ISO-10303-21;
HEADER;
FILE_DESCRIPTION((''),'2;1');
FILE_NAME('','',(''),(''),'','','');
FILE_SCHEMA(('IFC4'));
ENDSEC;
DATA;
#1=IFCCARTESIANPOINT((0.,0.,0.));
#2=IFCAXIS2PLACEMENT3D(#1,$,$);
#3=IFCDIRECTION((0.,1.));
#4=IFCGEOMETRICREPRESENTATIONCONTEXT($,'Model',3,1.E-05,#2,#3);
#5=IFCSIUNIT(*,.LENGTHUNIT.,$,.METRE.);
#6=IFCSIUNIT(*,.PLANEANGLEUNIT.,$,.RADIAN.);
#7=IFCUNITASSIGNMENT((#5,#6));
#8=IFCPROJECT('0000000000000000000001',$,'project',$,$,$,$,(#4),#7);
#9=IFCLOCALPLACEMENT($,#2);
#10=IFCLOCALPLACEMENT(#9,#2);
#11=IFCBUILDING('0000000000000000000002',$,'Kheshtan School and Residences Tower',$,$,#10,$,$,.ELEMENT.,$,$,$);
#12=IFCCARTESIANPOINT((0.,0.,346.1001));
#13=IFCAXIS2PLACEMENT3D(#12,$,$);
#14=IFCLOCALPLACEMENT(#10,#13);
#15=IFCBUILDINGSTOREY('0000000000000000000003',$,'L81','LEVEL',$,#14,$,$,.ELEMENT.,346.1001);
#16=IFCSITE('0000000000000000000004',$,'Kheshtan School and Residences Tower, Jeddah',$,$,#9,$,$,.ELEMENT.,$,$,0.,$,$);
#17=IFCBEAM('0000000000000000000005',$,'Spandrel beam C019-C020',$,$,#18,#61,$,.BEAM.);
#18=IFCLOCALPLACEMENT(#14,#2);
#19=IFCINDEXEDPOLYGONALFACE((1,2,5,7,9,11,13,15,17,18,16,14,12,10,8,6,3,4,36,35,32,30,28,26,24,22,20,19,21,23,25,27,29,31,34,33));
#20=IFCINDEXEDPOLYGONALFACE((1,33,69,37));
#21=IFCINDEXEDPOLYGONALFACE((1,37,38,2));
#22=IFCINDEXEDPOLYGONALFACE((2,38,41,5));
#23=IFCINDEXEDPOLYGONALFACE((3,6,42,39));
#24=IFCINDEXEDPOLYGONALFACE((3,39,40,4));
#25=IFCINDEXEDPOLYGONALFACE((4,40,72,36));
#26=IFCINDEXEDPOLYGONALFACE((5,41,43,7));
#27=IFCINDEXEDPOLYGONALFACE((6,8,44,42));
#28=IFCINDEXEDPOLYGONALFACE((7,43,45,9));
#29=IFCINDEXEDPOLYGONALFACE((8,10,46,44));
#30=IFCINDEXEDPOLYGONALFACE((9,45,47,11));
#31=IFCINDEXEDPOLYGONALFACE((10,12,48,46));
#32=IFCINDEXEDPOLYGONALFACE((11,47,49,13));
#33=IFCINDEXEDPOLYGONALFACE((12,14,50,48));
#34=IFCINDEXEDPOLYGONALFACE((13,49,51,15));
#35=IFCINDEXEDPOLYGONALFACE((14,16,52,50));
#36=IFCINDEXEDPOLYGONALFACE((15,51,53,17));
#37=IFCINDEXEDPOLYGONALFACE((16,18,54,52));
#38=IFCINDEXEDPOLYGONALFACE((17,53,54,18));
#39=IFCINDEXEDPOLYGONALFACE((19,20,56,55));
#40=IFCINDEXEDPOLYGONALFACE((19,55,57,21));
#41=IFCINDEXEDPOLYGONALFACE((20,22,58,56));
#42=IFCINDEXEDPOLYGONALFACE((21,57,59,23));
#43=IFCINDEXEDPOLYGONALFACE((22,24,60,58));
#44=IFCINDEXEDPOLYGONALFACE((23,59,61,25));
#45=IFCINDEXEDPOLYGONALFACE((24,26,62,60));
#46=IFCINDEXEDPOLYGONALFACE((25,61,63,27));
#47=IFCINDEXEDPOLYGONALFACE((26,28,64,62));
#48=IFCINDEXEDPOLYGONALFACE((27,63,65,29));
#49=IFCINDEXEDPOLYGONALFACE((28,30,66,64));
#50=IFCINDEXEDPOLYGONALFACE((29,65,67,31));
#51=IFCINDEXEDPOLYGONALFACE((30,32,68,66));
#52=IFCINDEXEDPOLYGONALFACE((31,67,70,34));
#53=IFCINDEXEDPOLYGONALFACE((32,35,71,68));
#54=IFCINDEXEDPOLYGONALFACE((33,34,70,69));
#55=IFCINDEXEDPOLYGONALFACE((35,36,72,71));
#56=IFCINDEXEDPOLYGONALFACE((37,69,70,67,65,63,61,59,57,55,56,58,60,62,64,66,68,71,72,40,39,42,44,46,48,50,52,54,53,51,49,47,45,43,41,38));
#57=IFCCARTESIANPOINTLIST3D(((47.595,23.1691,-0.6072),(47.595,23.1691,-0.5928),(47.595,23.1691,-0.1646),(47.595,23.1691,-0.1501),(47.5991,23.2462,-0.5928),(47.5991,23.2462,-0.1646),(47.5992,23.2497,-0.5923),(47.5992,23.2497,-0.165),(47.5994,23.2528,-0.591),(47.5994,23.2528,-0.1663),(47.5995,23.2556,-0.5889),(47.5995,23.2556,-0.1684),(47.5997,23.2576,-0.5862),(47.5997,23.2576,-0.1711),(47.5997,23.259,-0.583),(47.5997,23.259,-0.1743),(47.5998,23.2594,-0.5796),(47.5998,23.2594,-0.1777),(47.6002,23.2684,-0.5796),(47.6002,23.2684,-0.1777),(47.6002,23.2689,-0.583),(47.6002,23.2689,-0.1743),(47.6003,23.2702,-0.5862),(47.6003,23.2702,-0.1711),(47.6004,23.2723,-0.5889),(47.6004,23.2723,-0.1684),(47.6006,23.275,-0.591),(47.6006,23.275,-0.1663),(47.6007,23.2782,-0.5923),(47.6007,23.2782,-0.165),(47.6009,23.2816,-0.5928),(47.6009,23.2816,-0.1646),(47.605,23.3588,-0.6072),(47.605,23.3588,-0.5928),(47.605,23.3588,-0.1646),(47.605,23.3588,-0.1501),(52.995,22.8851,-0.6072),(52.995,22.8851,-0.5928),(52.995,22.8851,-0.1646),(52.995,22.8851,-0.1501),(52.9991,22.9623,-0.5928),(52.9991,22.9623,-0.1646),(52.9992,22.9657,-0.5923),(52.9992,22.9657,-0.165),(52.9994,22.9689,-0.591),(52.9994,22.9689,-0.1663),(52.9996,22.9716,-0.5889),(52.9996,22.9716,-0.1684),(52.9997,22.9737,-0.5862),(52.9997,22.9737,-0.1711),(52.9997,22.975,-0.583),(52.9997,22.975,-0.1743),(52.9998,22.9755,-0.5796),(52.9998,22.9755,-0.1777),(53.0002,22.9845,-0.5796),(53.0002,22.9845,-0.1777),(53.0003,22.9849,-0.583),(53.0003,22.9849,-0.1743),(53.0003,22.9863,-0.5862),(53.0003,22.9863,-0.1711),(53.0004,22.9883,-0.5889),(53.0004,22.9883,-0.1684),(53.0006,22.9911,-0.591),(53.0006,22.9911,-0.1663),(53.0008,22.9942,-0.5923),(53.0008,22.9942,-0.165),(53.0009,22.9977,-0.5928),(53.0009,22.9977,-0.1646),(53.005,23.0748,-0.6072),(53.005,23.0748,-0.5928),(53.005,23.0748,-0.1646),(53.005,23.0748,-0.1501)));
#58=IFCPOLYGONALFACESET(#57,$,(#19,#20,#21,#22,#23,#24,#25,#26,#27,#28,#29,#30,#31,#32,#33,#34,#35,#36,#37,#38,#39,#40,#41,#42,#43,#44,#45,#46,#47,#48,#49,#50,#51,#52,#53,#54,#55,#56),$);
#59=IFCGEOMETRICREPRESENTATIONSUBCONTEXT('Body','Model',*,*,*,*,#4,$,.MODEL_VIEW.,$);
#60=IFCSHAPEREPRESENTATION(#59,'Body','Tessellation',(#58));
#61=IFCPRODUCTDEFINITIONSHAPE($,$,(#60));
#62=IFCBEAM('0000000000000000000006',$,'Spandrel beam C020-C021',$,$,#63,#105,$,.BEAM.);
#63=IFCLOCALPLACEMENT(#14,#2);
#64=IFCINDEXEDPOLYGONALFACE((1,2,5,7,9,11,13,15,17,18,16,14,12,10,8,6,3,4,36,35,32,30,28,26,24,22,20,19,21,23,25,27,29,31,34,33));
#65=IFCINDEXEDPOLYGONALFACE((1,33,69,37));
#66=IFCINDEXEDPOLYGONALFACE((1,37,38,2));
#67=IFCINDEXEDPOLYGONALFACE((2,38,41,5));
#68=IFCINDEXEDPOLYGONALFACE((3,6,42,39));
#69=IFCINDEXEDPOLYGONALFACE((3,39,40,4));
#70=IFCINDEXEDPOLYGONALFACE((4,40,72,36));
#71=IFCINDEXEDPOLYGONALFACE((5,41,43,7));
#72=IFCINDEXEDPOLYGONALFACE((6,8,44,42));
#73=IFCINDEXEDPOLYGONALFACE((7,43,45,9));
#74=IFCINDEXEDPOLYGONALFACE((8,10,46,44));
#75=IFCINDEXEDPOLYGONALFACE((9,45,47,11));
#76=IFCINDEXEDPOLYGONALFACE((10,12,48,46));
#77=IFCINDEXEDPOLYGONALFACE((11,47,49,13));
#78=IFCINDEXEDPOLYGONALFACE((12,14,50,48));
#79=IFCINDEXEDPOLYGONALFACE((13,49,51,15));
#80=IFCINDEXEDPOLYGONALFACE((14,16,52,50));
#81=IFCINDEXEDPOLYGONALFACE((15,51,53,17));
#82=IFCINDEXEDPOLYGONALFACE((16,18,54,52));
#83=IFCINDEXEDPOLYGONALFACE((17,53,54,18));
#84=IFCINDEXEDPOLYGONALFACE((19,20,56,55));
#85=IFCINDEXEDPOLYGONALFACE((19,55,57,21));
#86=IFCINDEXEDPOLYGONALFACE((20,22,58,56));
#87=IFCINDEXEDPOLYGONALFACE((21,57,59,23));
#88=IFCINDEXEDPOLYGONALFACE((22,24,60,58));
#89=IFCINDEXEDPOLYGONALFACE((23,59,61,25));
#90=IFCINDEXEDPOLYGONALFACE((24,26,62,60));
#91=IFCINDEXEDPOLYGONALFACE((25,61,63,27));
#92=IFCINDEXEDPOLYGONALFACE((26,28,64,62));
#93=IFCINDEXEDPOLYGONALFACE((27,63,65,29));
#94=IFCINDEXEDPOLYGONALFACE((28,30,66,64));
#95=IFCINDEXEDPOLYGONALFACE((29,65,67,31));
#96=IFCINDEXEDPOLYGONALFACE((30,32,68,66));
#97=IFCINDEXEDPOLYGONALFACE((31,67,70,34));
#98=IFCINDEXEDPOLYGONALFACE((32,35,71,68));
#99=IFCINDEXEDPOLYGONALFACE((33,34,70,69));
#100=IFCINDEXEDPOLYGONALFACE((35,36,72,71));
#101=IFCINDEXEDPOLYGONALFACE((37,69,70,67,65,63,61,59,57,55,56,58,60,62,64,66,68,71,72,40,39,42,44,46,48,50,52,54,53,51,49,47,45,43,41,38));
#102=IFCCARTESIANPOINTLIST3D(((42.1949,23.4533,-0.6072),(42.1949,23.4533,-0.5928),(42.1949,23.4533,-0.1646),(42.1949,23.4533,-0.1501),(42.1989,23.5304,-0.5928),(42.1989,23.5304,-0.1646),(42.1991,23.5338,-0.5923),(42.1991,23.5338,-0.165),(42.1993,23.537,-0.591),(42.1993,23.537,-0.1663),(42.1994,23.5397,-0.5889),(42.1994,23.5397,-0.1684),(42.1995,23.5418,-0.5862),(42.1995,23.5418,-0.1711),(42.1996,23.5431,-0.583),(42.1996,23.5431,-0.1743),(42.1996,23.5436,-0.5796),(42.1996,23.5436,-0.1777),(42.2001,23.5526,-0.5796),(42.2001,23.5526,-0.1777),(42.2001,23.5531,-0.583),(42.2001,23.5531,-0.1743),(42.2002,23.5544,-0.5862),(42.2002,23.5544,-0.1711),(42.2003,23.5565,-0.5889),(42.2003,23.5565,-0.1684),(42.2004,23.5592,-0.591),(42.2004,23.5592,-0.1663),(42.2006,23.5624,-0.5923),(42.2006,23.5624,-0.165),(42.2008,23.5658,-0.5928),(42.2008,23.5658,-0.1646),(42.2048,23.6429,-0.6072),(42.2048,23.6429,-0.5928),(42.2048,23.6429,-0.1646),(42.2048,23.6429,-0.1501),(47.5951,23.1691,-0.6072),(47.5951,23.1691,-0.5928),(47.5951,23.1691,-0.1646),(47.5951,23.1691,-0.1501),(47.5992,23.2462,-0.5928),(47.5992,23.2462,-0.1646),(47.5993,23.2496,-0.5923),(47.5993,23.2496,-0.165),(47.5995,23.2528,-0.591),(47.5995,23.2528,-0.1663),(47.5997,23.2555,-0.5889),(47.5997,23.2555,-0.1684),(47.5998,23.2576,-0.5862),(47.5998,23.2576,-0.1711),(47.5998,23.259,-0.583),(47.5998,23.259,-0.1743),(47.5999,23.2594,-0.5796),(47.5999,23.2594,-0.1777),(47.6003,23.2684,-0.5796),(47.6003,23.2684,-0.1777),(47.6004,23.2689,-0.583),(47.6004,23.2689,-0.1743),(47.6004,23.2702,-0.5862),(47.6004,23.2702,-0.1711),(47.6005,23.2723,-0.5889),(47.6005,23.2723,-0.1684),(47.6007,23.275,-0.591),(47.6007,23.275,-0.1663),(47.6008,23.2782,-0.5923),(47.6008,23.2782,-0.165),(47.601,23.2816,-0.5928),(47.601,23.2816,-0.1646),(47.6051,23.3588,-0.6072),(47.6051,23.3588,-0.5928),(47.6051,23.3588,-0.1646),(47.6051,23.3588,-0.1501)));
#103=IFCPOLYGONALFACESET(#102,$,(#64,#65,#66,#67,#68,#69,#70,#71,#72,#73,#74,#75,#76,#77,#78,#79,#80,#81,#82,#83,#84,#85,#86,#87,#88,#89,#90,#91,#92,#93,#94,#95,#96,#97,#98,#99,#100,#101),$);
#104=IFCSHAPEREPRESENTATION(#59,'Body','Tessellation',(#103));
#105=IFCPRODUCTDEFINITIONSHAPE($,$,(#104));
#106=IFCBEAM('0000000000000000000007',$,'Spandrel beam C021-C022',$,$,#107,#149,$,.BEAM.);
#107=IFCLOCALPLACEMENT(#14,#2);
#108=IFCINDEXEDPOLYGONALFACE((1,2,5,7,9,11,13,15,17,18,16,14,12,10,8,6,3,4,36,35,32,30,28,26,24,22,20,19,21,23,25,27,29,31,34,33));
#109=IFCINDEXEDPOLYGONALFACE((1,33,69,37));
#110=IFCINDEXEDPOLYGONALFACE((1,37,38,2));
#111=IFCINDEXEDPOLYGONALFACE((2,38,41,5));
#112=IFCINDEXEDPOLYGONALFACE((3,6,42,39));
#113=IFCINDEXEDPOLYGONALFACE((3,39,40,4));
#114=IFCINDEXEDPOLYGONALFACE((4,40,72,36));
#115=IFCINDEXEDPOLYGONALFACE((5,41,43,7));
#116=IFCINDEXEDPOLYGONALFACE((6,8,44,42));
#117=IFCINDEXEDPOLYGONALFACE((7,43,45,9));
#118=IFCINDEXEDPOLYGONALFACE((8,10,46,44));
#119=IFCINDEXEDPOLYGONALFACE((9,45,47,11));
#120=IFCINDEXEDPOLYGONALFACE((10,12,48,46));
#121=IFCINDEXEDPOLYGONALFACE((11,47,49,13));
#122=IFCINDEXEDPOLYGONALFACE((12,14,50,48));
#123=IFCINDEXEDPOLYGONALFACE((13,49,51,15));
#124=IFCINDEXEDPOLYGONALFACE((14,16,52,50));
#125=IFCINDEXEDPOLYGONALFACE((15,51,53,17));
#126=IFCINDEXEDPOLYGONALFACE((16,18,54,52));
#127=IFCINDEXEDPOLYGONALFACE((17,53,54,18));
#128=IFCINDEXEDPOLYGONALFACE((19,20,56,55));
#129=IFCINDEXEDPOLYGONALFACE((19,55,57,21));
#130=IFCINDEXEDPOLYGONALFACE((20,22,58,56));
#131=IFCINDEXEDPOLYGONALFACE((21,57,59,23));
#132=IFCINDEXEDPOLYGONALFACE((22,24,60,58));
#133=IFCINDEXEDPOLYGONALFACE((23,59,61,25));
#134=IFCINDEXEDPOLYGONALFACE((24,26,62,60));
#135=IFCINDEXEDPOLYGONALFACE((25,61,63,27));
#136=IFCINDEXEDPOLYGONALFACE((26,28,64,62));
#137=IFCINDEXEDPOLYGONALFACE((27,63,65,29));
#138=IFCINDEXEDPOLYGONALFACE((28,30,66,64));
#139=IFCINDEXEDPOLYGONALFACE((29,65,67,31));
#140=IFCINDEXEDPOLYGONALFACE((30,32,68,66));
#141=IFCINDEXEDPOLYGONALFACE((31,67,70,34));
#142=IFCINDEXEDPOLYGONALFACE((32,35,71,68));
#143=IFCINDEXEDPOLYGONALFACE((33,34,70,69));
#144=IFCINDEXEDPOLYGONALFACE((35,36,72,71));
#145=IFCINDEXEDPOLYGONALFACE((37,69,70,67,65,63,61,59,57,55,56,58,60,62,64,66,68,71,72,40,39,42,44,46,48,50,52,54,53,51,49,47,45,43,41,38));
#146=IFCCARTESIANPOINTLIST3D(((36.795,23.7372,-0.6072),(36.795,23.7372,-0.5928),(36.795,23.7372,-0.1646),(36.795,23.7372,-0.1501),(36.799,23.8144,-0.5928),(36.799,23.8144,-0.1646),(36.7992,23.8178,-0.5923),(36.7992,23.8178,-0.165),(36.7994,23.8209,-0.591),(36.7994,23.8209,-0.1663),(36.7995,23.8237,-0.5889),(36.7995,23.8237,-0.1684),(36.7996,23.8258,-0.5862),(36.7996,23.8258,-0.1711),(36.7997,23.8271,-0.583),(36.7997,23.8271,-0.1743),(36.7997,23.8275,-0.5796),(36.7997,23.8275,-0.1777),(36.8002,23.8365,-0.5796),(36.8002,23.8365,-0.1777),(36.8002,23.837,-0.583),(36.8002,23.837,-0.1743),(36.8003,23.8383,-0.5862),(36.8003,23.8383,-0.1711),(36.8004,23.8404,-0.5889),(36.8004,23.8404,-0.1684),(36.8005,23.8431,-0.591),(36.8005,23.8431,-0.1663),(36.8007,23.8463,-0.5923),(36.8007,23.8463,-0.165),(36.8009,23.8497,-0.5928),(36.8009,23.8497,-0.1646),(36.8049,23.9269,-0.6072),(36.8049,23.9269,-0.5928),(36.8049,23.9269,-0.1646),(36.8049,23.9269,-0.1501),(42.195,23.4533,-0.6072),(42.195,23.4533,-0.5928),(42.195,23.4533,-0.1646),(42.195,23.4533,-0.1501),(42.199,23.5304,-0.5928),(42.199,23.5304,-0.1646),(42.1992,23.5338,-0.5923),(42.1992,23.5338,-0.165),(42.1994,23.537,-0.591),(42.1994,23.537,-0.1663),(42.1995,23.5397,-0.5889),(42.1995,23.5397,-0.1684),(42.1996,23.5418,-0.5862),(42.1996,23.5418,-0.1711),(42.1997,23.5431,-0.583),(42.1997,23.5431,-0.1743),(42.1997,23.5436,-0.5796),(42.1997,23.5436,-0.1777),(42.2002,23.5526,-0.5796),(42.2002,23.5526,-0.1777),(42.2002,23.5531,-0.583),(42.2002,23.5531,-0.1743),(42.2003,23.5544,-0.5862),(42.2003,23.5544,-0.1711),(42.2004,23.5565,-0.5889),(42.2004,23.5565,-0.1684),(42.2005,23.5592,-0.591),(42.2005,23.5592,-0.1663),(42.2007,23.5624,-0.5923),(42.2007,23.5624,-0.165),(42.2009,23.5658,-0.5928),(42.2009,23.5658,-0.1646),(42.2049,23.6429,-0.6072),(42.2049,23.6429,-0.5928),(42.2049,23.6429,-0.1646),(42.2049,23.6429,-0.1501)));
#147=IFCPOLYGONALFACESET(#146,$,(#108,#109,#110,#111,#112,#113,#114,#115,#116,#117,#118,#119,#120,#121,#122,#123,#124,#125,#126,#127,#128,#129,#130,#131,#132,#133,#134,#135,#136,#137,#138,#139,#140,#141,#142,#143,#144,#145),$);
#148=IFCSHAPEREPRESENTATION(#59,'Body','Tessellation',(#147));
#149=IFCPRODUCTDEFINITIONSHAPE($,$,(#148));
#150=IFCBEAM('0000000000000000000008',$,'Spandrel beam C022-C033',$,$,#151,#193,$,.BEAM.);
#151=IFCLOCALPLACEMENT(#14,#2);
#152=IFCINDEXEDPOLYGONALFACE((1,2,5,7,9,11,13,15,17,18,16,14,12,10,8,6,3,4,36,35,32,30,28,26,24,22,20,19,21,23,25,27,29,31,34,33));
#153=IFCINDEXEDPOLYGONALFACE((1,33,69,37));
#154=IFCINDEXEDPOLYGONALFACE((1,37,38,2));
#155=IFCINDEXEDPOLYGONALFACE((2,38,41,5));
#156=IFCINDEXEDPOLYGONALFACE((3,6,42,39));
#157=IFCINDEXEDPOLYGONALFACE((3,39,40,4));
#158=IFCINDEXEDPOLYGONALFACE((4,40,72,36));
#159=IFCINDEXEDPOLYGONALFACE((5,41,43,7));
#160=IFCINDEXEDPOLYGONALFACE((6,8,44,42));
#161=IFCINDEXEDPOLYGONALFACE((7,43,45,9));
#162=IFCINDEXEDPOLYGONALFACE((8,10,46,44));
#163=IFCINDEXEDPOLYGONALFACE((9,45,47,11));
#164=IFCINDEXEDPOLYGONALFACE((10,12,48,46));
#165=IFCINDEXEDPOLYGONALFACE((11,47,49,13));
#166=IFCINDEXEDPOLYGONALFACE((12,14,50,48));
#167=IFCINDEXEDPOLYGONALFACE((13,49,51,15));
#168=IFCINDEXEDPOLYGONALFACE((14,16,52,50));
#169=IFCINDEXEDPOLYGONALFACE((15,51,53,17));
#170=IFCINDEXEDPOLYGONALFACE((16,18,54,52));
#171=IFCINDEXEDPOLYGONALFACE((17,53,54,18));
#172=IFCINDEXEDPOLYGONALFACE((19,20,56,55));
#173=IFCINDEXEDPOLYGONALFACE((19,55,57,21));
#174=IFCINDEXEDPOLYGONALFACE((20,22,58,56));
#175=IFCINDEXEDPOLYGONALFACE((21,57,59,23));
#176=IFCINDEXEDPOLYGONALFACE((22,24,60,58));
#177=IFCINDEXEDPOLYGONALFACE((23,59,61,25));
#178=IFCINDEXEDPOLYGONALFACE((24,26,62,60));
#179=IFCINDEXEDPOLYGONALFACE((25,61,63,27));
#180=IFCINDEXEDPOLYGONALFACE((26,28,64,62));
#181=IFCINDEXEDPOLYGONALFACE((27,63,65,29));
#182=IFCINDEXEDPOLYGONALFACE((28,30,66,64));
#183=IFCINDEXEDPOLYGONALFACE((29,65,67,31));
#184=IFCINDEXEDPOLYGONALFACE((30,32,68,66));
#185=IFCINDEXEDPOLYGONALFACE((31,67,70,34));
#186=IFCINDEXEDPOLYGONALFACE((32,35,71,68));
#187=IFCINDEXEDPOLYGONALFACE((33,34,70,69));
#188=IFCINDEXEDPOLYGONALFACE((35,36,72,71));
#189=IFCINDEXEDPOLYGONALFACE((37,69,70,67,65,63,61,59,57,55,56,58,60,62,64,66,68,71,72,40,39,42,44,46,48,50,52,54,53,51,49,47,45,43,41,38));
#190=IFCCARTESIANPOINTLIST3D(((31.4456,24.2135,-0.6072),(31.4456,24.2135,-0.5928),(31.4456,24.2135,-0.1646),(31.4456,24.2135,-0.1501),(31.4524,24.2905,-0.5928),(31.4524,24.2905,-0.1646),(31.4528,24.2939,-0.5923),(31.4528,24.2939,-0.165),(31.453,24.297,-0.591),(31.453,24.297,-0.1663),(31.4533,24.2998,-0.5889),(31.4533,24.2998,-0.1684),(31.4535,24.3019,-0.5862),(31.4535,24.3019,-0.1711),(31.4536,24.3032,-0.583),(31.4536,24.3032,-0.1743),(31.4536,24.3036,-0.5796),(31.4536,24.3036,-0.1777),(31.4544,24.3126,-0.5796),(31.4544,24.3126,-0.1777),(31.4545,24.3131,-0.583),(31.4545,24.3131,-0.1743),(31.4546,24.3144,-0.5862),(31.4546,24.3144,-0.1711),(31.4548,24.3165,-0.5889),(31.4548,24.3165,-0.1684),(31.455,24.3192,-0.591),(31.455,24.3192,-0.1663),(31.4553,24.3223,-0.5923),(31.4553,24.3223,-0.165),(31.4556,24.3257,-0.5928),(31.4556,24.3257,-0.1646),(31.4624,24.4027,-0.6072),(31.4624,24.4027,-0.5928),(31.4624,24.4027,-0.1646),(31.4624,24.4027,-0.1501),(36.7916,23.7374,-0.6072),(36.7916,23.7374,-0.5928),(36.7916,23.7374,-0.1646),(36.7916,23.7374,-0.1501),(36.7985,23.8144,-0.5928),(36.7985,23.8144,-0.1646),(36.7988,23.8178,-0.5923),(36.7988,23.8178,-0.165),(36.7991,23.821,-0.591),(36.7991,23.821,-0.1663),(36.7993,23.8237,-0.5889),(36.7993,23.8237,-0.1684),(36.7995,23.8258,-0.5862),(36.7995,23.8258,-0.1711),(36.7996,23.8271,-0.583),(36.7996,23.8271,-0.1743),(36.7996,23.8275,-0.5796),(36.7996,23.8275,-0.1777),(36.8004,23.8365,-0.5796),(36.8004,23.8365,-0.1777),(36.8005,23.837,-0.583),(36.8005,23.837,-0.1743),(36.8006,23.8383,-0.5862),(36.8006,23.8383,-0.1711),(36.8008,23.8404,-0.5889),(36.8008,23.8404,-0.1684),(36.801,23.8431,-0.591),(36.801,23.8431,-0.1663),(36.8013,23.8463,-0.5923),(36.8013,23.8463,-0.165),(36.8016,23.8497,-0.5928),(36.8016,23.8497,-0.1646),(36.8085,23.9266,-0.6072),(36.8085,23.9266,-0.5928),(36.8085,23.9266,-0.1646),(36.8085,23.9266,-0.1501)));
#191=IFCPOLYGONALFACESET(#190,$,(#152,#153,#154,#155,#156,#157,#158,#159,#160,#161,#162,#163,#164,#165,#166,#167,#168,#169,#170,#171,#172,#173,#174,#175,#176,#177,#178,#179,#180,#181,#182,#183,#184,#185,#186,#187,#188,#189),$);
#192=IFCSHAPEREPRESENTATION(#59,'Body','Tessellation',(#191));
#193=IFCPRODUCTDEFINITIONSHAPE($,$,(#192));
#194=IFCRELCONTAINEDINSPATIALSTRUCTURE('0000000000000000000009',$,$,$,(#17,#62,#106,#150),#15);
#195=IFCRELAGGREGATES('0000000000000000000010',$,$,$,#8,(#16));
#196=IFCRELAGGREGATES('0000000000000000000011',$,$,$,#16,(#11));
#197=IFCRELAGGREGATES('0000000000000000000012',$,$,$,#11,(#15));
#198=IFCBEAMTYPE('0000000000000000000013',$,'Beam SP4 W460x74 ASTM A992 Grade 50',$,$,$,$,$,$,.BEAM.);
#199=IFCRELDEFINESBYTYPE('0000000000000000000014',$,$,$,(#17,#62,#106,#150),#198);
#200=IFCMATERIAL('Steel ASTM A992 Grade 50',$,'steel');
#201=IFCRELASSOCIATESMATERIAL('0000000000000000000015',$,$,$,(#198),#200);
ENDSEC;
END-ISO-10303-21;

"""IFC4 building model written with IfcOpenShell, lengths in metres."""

from ifc_helpers import new_model, si_unit, direction, frame, origin, origin_2d, place, context, subcontext, project, spatial, i_section, extrude, material, material_profile, profile_set, type_object, element, save


model = new_model("IFC4")

# Units and contexts
model_context = context("Model", 3, precision=1e-05, world=origin(), true_north=direction((0.0, 1.0)))
body_context = subcontext(model_context, "Body", "Model", "MODEL_VIEW")
ifc_project = project(units=[si_unit("LENGTHUNIT", "METRE"), si_unit("PLANEANGLEUNIT", "RADIAN")], contexts=[model_context])

# Site, building, storey
site_placement = place(None, origin())
site = spatial("IfcSite", under=ifc_project, at=site_placement, Name="Kheshtan School and Residences Tower, Jeddah", CompositionType="ELEMENT", RefElevation=0.0)
building_placement = place(site_placement, origin())
building = spatial("IfcBuilding", under=site, at=building_placement, Name="Kheshtan School and Residences Tower", CompositionType="ELEMENT")
storey_placement = place(building_placement, frame((0.0, 0.0, 346.1001)))
storey = spatial("IfcBuildingStorey", under=building, at=storey_placement, Name="L81", Description="LEVEL", CompositionType="ELEMENT", Elevation=346.1001)

# Shared definitions
ifc_material_1 = material(Name="Steel ASTM A992 Grade 50", Category="steel")

# Beams
ifc_material_profile_1 = material_profile(ifc_material_1, i_section(OverallWidth=0.1899, OverallDepth=0.457, WebThickness=0.009, FlangeThickness=0.0144, FilletRadius=0.0132, at=origin_2d()), Name="W460x74")
ifc_profile_set_1 = profile_set([ifc_material_profile_1], Name="Steel ASTM A992 Grade 50")
beam_type_1 = type_object("IfcBeamType", Name="Beam SP4 W460x74 ASTM A992 Grade 50", PredefinedType="BEAM", material=ifc_profile_set_1)
beam_1_placement = place(storey_placement, frame((53.0, 22.98, -0.3787), z_axis=(-0.99862, 0.052509, 0.0), x_axis=(-0.052509, -0.99862, 0.0)))
element("IfcBeam", 1, at=beam_1_placement, inside=storey, type_object=beam_type_1, Name="Spandrel beam C019-C020", PredefinedType="BEAM", context=body_context, shape_type="SweptSolid", body=[
    extrude(i_section(OverallWidth=0.1899, OverallDepth=0.457, WebThickness=0.009, FlangeThickness=0.0144, FilletRadius=0.0132, at=origin_2d()), origin(), (0.0, 0.0, 1.0), 5.4075),
])
beam_2_placement = place(storey_placement, frame((47.6001, 23.2639, -0.3787), z_axis=(-0.998618, 0.052552, 0.0), x_axis=(-0.052552, -0.998618, 0.0)))
element("IfcBeam", 2, at=beam_2_placement, inside=storey, type_object=beam_type_1, Name="Spandrel beam C020-C021", PredefinedType="BEAM", context=body_context, shape_type="SweptSolid", body=[
    extrude(i_section(OverallWidth=0.1899, OverallDepth=0.457, WebThickness=0.009, FlangeThickness=0.0144, FilletRadius=0.0132, at=origin_2d()), origin(), (0.0, 0.0, 1.0), 5.4077),
])
beam_3_placement = place(storey_placement, frame((42.2, 23.5481, -0.3787), z_axis=(-0.99862, 0.052509, 0.0), x_axis=(-0.052509, -0.99862, 0.0)))
element("IfcBeam", 3, at=beam_3_placement, inside=storey, type_object=beam_type_1, Name="Spandrel beam C021-C022", PredefinedType="BEAM", context=body_context, shape_type="SweptSolid", body=[
    extrude(i_section(OverallWidth=0.1899, OverallDepth=0.457, WebThickness=0.009, FlangeThickness=0.0144, FilletRadius=0.0132, at=origin_2d()), origin(), (0.0, 0.0, 1.0), 5.4075),
])
beam_4_placement = place(storey_placement, frame((36.8, 23.832, -0.3787), z_axis=(-0.996058, 0.088702, 0.0), x_axis=(-0.088702, -0.996058, 0.0)))
element("IfcBeam", 4, at=beam_4_placement, inside=storey, type_object=beam_type_1, Name="Spandrel beam C022-C033", PredefinedType="BEAM", context=body_context, shape_type="SweptSolid", body=[
    extrude(i_section(OverallWidth=0.1899, OverallDepth=0.457, WebThickness=0.009, FlangeThickness=0.0144, FilletRadius=0.0132, at=origin_2d()), origin(), (0.0, 0.0, 1.0), 5.3672),
])

save(model, "model.ifc")
